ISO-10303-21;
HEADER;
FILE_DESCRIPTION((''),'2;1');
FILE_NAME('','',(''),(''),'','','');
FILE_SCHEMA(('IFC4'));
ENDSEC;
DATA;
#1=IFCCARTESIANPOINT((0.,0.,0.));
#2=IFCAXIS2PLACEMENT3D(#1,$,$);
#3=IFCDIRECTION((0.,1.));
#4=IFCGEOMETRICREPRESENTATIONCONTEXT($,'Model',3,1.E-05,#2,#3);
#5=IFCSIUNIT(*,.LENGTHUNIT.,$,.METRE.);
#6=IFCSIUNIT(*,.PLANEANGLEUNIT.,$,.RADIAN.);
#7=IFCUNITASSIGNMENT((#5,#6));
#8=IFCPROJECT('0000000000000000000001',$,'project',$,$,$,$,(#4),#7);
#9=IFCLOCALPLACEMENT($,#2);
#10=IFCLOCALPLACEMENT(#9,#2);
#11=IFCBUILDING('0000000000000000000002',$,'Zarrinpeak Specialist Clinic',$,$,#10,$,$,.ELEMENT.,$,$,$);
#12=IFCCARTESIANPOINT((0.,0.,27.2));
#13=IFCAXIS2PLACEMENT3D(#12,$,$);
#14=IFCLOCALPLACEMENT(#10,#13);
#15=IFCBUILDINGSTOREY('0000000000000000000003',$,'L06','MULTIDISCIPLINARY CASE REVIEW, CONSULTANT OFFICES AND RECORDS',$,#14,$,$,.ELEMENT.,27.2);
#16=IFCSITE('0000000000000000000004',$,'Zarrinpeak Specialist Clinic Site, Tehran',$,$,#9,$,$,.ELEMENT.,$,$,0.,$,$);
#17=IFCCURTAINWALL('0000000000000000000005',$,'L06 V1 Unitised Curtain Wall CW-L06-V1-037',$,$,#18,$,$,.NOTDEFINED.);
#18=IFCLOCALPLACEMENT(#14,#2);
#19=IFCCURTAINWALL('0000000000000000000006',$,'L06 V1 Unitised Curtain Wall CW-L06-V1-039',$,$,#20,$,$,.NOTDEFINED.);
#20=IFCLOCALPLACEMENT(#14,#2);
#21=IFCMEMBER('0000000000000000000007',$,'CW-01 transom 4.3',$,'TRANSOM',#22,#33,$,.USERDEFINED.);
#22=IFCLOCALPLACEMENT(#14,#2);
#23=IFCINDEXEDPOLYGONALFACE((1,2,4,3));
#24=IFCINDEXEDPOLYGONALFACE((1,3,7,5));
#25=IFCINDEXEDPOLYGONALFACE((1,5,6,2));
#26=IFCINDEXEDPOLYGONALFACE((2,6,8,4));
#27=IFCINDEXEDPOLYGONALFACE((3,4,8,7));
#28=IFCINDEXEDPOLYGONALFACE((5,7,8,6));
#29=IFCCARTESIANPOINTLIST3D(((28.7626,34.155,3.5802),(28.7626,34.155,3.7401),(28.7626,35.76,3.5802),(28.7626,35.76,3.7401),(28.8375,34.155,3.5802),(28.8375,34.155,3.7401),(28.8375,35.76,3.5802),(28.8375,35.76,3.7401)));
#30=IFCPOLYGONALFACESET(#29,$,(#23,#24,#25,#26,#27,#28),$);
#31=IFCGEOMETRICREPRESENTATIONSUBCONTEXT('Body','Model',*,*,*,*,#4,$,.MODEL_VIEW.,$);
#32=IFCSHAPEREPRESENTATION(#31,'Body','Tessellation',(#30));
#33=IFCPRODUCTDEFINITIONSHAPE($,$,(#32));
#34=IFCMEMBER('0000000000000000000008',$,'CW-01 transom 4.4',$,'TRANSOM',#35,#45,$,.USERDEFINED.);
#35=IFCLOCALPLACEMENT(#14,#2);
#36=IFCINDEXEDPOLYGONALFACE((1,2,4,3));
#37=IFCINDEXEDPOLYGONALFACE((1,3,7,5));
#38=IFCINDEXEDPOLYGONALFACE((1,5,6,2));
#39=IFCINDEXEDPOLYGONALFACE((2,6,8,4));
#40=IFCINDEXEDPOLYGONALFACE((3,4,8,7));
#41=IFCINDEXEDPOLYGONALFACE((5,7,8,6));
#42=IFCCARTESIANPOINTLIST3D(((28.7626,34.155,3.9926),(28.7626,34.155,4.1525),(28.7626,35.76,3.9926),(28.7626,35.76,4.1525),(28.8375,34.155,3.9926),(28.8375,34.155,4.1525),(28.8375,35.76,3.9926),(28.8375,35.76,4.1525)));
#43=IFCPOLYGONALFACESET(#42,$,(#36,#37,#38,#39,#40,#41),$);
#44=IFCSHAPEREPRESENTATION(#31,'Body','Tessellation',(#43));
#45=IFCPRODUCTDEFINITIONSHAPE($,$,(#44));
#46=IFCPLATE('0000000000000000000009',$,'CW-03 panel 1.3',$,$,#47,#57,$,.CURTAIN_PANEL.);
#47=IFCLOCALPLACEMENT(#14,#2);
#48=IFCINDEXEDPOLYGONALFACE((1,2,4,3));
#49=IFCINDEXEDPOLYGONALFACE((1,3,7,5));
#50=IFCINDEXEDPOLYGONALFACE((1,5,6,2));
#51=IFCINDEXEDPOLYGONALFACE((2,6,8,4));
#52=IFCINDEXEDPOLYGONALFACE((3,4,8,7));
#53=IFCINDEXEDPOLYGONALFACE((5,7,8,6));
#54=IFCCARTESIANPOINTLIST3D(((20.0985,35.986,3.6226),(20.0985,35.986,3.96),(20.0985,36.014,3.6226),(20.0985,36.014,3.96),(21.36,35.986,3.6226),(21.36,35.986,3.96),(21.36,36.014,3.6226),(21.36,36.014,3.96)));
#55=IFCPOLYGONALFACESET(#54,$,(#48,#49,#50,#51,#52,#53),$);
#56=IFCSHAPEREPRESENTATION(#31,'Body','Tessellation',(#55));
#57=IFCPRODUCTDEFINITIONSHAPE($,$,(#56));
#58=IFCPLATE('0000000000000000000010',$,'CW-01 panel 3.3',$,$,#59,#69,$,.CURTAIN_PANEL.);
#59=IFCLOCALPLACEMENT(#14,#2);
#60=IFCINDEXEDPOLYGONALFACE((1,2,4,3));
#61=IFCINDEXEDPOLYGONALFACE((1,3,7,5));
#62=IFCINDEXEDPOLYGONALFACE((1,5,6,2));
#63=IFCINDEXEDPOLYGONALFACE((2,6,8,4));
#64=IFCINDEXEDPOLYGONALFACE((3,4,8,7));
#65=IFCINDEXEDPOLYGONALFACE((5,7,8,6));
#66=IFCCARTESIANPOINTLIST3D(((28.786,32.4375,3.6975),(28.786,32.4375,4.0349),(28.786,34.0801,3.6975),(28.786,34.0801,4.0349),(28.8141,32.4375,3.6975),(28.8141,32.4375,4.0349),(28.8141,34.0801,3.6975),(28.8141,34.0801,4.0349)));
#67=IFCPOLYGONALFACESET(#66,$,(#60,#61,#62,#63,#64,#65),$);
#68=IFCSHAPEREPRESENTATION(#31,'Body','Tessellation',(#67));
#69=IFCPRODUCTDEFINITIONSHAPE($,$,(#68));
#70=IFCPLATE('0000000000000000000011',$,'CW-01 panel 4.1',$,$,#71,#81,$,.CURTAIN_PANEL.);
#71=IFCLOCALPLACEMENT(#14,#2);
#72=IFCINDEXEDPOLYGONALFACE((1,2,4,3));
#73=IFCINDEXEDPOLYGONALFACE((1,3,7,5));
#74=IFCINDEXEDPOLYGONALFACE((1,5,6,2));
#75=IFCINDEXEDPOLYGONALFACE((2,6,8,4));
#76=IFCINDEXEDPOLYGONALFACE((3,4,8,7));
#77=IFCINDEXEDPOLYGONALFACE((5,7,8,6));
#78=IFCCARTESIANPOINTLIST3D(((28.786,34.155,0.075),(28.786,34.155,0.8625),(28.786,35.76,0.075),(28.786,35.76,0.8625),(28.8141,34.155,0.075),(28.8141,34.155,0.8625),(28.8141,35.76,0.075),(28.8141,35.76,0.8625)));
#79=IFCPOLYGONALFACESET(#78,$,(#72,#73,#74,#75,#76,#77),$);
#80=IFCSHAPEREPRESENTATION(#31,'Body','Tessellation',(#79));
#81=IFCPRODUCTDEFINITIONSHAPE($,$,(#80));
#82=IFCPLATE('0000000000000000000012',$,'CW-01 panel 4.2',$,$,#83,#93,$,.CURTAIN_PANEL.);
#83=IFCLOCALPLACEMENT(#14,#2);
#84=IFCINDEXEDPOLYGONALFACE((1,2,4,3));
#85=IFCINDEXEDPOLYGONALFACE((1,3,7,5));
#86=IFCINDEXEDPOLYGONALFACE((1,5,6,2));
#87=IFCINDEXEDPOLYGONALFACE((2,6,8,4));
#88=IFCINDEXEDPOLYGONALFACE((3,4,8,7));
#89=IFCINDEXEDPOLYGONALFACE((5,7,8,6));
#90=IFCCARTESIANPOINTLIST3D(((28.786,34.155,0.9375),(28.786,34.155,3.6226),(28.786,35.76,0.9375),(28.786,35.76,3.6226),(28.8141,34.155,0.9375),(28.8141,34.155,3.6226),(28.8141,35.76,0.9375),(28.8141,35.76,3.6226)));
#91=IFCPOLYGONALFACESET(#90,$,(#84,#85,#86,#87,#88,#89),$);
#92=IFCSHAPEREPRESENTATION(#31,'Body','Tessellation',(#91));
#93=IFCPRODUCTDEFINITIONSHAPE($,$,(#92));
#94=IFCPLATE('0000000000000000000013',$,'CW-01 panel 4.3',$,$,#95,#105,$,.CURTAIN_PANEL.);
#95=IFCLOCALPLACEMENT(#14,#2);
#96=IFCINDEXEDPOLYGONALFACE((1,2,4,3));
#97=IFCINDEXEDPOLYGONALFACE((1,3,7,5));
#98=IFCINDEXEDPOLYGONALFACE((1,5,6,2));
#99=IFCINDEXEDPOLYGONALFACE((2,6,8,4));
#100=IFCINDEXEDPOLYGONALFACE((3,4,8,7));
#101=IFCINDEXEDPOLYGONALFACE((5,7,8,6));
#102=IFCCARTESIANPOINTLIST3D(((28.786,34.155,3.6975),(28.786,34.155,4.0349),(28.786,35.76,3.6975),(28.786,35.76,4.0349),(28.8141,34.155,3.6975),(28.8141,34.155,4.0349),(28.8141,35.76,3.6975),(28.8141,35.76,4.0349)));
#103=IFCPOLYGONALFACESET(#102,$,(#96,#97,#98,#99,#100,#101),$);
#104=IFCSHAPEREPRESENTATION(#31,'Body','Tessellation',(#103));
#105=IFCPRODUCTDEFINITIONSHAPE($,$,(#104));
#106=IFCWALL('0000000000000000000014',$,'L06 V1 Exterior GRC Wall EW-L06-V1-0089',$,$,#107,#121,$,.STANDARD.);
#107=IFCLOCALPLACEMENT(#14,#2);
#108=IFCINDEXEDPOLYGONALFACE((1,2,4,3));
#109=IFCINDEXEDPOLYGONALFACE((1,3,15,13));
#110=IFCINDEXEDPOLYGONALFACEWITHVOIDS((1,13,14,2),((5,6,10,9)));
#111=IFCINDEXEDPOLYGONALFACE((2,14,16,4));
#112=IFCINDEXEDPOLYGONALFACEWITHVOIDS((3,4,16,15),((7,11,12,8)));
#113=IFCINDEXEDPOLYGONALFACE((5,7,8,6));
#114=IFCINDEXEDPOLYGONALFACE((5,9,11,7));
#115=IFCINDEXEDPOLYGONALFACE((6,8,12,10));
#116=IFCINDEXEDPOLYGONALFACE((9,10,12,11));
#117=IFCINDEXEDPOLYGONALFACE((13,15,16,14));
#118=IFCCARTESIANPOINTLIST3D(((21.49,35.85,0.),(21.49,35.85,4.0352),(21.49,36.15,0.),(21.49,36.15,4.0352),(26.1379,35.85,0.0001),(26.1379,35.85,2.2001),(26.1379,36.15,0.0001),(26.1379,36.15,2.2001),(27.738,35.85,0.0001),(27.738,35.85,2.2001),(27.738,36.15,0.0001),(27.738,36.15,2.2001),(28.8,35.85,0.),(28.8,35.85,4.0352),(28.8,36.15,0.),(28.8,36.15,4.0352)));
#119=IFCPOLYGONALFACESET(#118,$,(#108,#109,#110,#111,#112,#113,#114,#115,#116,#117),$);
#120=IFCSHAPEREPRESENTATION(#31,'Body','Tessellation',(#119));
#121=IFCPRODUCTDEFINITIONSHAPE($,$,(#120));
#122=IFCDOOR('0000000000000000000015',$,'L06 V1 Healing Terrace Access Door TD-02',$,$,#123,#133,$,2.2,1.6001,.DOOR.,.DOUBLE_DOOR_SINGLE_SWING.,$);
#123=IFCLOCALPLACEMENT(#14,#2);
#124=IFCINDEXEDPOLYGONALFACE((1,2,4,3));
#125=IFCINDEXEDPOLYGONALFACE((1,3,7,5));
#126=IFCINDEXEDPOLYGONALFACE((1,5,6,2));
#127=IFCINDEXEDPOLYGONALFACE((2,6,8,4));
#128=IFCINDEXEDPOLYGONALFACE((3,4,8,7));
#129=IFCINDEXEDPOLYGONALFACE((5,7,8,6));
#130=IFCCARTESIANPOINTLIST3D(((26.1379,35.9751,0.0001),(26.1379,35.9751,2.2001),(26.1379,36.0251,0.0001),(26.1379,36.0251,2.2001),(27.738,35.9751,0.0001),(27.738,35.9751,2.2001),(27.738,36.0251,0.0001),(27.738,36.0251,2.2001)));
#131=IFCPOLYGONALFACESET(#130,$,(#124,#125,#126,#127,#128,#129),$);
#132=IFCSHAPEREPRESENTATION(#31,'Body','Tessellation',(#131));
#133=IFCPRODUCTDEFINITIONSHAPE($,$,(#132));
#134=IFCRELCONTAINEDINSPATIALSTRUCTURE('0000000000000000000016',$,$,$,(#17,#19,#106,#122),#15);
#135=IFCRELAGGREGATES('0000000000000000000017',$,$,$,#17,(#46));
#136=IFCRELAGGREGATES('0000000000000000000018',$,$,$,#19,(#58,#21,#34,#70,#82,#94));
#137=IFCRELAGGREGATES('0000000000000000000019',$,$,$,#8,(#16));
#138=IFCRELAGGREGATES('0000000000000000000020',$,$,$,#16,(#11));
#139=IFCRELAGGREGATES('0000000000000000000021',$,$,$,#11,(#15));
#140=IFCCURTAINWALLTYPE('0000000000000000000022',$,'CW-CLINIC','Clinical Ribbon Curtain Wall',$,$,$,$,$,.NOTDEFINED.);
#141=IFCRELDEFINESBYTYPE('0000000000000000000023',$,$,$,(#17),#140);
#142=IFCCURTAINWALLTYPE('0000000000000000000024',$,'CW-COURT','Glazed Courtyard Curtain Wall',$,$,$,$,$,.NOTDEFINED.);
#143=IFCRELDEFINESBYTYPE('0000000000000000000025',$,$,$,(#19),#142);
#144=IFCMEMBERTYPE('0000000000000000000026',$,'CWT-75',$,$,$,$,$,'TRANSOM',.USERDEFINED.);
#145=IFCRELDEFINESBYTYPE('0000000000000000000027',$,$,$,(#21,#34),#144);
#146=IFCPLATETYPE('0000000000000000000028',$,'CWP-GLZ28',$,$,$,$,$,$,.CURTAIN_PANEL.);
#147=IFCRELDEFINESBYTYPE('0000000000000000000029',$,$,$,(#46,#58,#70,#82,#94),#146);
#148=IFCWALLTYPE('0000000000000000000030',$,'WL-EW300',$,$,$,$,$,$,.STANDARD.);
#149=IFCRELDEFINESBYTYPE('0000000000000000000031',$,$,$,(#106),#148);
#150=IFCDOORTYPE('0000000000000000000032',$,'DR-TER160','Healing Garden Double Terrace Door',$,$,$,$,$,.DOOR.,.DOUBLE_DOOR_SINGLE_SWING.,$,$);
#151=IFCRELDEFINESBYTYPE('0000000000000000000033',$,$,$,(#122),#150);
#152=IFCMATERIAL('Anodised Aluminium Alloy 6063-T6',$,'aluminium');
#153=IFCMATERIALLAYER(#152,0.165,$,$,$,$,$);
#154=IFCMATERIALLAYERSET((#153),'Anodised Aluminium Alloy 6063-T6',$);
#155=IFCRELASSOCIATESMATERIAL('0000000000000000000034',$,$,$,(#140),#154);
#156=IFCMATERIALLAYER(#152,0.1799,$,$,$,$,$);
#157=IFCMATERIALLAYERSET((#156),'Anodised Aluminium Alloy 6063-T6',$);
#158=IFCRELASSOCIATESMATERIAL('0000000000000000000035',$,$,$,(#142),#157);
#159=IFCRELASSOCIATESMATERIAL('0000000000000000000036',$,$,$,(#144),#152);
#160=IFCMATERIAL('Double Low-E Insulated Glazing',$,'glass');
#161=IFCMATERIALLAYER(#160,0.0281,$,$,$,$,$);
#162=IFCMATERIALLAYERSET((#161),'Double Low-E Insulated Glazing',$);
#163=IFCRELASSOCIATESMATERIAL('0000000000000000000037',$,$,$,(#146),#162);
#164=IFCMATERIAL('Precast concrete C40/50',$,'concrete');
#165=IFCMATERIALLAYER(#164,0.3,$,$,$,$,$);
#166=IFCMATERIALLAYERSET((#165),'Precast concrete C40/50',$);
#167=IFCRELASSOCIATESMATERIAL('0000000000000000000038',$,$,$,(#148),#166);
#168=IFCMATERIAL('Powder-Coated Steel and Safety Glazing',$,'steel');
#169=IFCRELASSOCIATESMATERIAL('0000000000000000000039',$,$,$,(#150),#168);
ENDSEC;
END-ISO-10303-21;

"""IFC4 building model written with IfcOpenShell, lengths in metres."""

from ifc_helpers import new_model, si_unit, direction, frame, frame_2d, origin, origin_2d, place, context, subcontext, project, spatial, rectangle, extrude, material, layer, layer_set, material_profile, profile_set, type_object, element, fill, aggregate, save


model = new_model("IFC4")

# Units and contexts
model_context = context("Model", 3, precision=1e-05, world=origin(), true_north=direction((0.0, 1.0)))
body_context = subcontext(model_context, "Body", "Model", "MODEL_VIEW")
ifc_project = project(units=[si_unit("LENGTHUNIT", "METRE"), si_unit("PLANEANGLEUNIT", "RADIAN")], contexts=[model_context])

# Site, building, storey
site_placement = place(None, origin())
site = spatial("IfcSite", under=ifc_project, at=site_placement, Name="Zarrinpeak Specialist Clinic Site, Tehran", CompositionType="ELEMENT", RefElevation=0.0)
building_placement = place(site_placement, origin())
building = spatial("IfcBuilding", under=site, at=building_placement, Name="Zarrinpeak Specialist Clinic", CompositionType="ELEMENT")
storey_placement = place(building_placement, frame((0.0, 0.0, 27.2)))
storey = spatial("IfcBuildingStorey", under=building, at=storey_placement, Name="L06", Description="MULTIDISCIPLINARY CASE REVIEW, CONSULTANT OFFICES AND RECORDS", CompositionType="ELEMENT", Elevation=27.2)

# Curtain wall
ifc_material_1 = material(Name="Anodised Aluminium Alloy 6063-T6", Category="aluminium")
ifc_layer_1 = layer(ifc_material_1, 0.165)
ifc_layer_set_1 = layer_set([ifc_layer_1], Name="Anodised Aluminium Alloy 6063-T6")
curtain_wall_type_1 = type_object("IfcCurtainWallType", Name="CW-CLINIC", Description="Clinical Ribbon Curtain Wall", PredefinedType="NOTDEFINED", material=ifc_layer_set_1)
curtain_wall_1_placement = place(storey_placement, origin())
curtain_wall_1 = element("IfcCurtainWall", 1, at=curtain_wall_1_placement, inside=storey, type_object=curtain_wall_type_1, Name="L06 V1 Unitised Curtain Wall CW-L06-V1-037", PredefinedType="NOTDEFINED")

# Curtain wall
ifc_layer_2 = layer(ifc_material_1, 0.1799)
ifc_layer_set_2 = layer_set([ifc_layer_2], Name="Anodised Aluminium Alloy 6063-T6")
curtain_wall_type_2 = type_object("IfcCurtainWallType", Name="CW-COURT", Description="Glazed Courtyard Curtain Wall", PredefinedType="NOTDEFINED", material=ifc_layer_set_2)
curtain_wall_2_placement = place(storey_placement, origin())
curtain_wall_2 = element("IfcCurtainWall", 2, at=curtain_wall_2_placement, inside=storey, type_object=curtain_wall_type_2, Name="L06 V1 Unitised Curtain Wall CW-L06-V1-039", PredefinedType="NOTDEFINED")

# Members
ifc_material_profile_1 = material_profile(ifc_material_1, rectangle(XDim=0.075, YDim=0.1599, at=origin_2d()), Name="ALU 75x160")
ifc_profile_set_1 = profile_set([ifc_material_profile_1], Name="Anodised Aluminium Alloy 6063-T6")
member_type_1 = type_object("IfcMemberType", Name="CWT-75", ElementType="TRANSOM", PredefinedType="USERDEFINED", material=ifc_profile_set_1)
member_1_placement = place(storey_placement, frame((28.8, 34.155, 3.6602), z_axis=(0.0, 1.0, 0.0), x_axis=(-1.0, 0.0, 0.0)))
member_1 = element("IfcMember", 3, at=member_1_placement, type_object=member_type_1, Name="CW-01 transom 4.3", ObjectType="TRANSOM", PredefinedType="USERDEFINED", context=body_context, shape_type="SweptSolid", body=[
    extrude(rectangle(XDim=0.075, YDim=0.1599, at=origin_2d()), origin(), (0.0, 0.0, 1.0), 1.605),
])
member_2_placement = place(storey_placement, frame((28.8, 34.155, 4.0725), z_axis=(0.0, 1.0, 0.0), x_axis=(-1.0, 0.0, 0.0)))
member_2 = element("IfcMember", 4, at=member_2_placement, type_object=member_type_1, Name="CW-01 transom 4.4", ObjectType="TRANSOM", PredefinedType="USERDEFINED", context=body_context, shape_type="SweptSolid", body=[
    extrude(rectangle(XDim=0.075, YDim=0.1599, at=origin_2d()), origin(), (0.0, 0.0, 1.0), 1.605),
])

# Plates
ifc_material_2 = material(Name="Double Low-E Insulated Glazing", Category="glass")
ifc_layer_3 = layer(ifc_material_2, 0.0281)
ifc_layer_set_3 = layer_set([ifc_layer_3], Name="Double Low-E Insulated Glazing")
plate_type = type_object("IfcPlateType", Name="CWP-GLZ28", PredefinedType="CURTAIN_PANEL", material=ifc_layer_set_3)
plate_1_placement = place(storey_placement, frame((20.7292, 36.0, 3.6226), z_axis=(0.0, 0.0, 1.0), x_axis=(-1.0, 0.0, 0.0)))
plate_1 = element("IfcPlate", 5, at=plate_1_placement, type_object=plate_type, Name="CW-03 panel 1.3", PredefinedType="CURTAIN_PANEL", context=body_context, shape_type="SweptSolid", body=[
    extrude(rectangle(XDim=1.2615, YDim=0.0281, at=origin_2d()), origin(), (0.0, 0.0, 1.0), 0.3374),
])
aggregate(curtain_wall_1, [plate_1])
plate_2_placement = place(storey_placement, frame((28.8, 33.2588, 3.6975), z_axis=(0.0, 0.0, 1.0), x_axis=(0.0, 1.0, 0.0)))
plate_2 = element("IfcPlate", 6, at=plate_2_placement, type_object=plate_type, Name="CW-01 panel 3.3", PredefinedType="CURTAIN_PANEL", context=body_context, shape_type="SweptSolid", body=[
    extrude(rectangle(XDim=1.6426, YDim=0.0281, at=origin_2d()), origin(), (0.0, 0.0, 1.0), 0.3374),
])
plate_3_placement = place(storey_placement, frame((28.8, 34.9575, 0.075), z_axis=(0.0, 0.0, 1.0), x_axis=(0.0, 1.0, 0.0)))
plate_3 = element("IfcPlate", 7, at=plate_3_placement, type_object=plate_type, Name="CW-01 panel 4.1", PredefinedType="CURTAIN_PANEL", context=body_context, shape_type="SweptSolid", body=[
    extrude(rectangle(XDim=1.605, YDim=0.0281, at=origin_2d()), origin(), (0.0, 0.0, 1.0), 0.7876),
])
plate_4_placement = place(storey_placement, frame((28.8, 34.9575, 0.9375), z_axis=(0.0, 0.0, 1.0), x_axis=(0.0, 1.0, 0.0)))
plate_4 = element("IfcPlate", 8, at=plate_4_placement, type_object=plate_type, Name="CW-01 panel 4.2", PredefinedType="CURTAIN_PANEL", context=body_context, shape_type="SweptSolid", body=[
    extrude(rectangle(XDim=1.605, YDim=0.0281, at=origin_2d()), origin(), (0.0, 0.0, 1.0), 2.6851),
])
plate_5_placement = place(storey_placement, frame((28.8, 34.9575, 3.6975), z_axis=(0.0, 0.0, 1.0), x_axis=(0.0, 1.0, 0.0)))
plate_5 = element("IfcPlate", 9, at=plate_5_placement, type_object=plate_type, Name="CW-01 panel 4.3", PredefinedType="CURTAIN_PANEL", context=body_context, shape_type="SweptSolid", body=[
    extrude(rectangle(XDim=1.605, YDim=0.0281, at=origin_2d()), origin(), (0.0, 0.0, 1.0), 0.3374),
])
aggregate(curtain_wall_2, [plate_2, member_1, member_2, plate_3, plate_4, plate_5])

# Wall, opening, door
ifc_material_3 = material(Name="Precast concrete C40/50", Category="concrete")
ifc_layer_4 = layer(ifc_material_3, 0.3)
ifc_layer_set_4 = layer_set([ifc_layer_4], Name="Precast concrete C40/50")
wall_type = type_object("IfcWallType", Name="WL-EW300", PredefinedType="STANDARD", material=ifc_layer_set_4)
wall_placement = place(storey_placement, frame((28.8, 36.0, 0.0), z_axis=(0.0, 0.0, 1.0), x_axis=(-1.0, 0.0, 0.0)))
wall = element("IfcWall", 10, at=wall_placement, inside=storey, type_object=wall_type, Name="L06 V1 Exterior GRC Wall EW-L06-V1-0089", PredefinedType="STANDARD", context=body_context, shape_type="SweptSolid", body=[
    extrude(rectangle(XDim=7.3101, YDim=0.3, at=frame_2d((3.655, 0.0))), origin(), (0.0, 0.0, 1.0), 4.0352),
])
opening_placement = place(wall_placement, frame((1.062, 0.0, 0.0)))
opening = element("IfcOpeningElement", 11, at=opening_placement, cuts=wall, PredefinedType="OPENING", context=body_context, shape_type="SweptSolid", body=[
    extrude(rectangle(XDim=1.6001, YDim=2.2, at=frame_2d((0.8, 1.1001))), frame((0.0, 0.1602, 0.0), z_axis=(0.0, -1.0, 0.0), x_axis=(1.0, 0.0, 0.0)), (0.0, 0.0, 1.0), 0.3201),
])
ifc_material_4 = material(Name="Powder-Coated Steel and Safety Glazing", Category="steel")
door_type = type_object("IfcDoorType", Name="DR-TER160", Description="Healing Garden Double Terrace Door", OperationType="DOUBLE_DOOR_SINGLE_SWING", PredefinedType="DOOR", material=ifc_material_4)
door_placement = place(opening_placement, origin())
door = element("IfcDoor", 12, at=door_placement, inside=storey, type_object=door_type, Name="L06 V1 Healing Terrace Access Door TD-02", OperationType="DOUBLE_DOOR_SINGLE_SWING", OverallHeight=2.2, OverallWidth=1.6001, PredefinedType="DOOR", context=body_context, shape_type="SweptSolid", body=[
    extrude(rectangle(XDim=1.6001, YDim=2.2, at=frame_2d((0.8, 1.1001))), frame((0.0, 0.0249, 0.0), z_axis=(0.0, -1.0, 0.0), x_axis=(1.0, 0.0, 0.0)), (0.0, 0.0, 1.0), 0.05),
])
fill(opening, door)

save(model, "model.ifc")
